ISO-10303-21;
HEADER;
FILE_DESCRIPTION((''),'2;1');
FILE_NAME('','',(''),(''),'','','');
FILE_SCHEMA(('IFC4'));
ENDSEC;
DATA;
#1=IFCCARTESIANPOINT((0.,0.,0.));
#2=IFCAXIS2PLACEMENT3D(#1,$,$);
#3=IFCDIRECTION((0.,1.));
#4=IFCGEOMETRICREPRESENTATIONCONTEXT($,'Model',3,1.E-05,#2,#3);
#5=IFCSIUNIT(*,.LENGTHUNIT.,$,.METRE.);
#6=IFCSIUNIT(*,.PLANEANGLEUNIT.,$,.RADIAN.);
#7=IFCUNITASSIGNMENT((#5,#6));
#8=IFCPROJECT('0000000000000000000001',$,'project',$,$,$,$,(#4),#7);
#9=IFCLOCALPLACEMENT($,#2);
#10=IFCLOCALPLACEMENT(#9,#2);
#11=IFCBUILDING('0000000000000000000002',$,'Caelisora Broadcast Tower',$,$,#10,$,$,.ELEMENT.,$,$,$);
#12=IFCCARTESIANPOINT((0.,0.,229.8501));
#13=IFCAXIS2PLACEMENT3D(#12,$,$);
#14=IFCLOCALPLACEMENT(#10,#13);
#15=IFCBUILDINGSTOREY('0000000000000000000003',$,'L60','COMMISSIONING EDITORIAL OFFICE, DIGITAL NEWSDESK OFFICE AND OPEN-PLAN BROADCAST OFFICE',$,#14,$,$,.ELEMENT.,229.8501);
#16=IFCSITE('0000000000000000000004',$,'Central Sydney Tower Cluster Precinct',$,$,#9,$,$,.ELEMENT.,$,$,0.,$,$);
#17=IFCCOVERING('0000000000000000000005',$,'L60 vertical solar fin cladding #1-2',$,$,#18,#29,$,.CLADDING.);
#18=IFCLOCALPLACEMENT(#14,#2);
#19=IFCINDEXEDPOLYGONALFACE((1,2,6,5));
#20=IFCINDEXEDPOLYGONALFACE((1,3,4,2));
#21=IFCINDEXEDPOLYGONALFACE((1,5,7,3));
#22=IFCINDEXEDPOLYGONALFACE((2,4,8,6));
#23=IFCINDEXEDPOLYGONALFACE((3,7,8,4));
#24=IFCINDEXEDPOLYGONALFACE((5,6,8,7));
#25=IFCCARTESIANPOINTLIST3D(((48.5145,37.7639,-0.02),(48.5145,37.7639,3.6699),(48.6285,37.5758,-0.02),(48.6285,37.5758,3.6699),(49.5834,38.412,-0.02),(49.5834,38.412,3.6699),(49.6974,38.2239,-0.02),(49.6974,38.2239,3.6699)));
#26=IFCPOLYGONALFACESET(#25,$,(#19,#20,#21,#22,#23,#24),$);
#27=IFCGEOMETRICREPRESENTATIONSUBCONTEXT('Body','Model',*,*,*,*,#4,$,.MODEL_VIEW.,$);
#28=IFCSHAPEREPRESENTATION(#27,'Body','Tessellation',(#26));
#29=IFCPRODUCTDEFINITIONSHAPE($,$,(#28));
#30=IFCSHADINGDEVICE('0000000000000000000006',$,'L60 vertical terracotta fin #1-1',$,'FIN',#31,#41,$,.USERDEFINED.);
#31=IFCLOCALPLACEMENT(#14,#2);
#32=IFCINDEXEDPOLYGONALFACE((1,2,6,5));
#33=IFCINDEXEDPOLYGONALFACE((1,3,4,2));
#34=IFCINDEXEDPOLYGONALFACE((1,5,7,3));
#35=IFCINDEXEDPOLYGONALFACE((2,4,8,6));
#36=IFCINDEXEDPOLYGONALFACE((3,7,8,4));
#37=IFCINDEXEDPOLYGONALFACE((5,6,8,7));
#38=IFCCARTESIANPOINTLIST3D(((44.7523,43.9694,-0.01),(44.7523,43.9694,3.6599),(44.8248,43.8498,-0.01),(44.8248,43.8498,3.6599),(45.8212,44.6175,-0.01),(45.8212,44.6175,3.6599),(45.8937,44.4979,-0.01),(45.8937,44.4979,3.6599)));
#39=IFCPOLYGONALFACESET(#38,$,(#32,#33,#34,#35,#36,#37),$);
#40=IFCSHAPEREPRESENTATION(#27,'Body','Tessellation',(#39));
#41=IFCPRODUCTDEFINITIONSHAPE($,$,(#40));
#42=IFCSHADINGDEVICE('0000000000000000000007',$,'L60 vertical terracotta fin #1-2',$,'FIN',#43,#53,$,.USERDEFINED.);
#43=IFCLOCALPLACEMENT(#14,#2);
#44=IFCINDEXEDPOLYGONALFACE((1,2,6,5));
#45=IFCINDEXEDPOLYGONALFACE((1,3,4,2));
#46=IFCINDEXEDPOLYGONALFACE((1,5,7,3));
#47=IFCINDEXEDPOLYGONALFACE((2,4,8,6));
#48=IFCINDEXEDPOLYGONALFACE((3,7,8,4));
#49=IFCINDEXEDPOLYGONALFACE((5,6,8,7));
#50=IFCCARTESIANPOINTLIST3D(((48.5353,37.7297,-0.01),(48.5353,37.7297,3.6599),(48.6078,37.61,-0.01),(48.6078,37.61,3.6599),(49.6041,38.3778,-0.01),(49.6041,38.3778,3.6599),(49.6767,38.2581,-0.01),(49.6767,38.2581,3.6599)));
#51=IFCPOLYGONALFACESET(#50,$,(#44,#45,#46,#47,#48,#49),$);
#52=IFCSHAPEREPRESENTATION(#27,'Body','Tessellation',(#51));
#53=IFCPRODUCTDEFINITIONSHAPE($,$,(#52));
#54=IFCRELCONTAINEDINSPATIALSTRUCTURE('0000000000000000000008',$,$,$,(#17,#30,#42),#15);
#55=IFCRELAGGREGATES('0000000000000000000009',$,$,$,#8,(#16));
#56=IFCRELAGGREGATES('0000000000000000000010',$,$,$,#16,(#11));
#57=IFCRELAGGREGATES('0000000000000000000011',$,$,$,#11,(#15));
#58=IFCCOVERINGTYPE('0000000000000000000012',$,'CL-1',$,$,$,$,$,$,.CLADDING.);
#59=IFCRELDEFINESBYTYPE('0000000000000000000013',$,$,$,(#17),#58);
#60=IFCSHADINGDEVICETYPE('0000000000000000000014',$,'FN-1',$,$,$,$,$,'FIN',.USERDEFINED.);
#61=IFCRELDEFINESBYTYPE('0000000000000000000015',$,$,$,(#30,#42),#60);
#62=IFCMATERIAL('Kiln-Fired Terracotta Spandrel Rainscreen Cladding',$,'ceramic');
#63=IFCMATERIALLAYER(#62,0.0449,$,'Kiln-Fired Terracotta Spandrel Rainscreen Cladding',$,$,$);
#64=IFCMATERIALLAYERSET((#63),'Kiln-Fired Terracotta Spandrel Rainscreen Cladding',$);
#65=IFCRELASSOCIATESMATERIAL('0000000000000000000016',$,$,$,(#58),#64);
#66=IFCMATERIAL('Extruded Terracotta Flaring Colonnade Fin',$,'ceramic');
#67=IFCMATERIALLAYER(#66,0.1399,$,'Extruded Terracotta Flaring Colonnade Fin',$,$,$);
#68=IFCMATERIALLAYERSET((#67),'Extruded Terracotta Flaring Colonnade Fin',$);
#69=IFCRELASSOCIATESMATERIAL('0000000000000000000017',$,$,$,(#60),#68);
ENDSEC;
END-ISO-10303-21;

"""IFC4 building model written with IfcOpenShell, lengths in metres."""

from ifc_helpers import new_model, si_unit, direction, frame, origin, origin_2d, place, context, subcontext, project, spatial, rectangle, extrude, source, transform, mapped, material, layer, layer_set, type_object, type_shapes, element, save


model = new_model("IFC4")

# Units and contexts
model_context = context("Model", 3, precision=1e-05, world=origin(), true_north=direction((0.0, 1.0)))
body_context = subcontext(model_context, "Body", "Model", "MODEL_VIEW")
ifc_project = project(units=[si_unit("LENGTHUNIT", "METRE"), si_unit("PLANEANGLEUNIT", "RADIAN")], contexts=[model_context])

# Site, building, storey
site_placement = place(None, origin())
site = spatial("IfcSite", under=ifc_project, at=site_placement, Name="Central Sydney Tower Cluster Precinct", CompositionType="ELEMENT", RefElevation=0.0)
building_placement = place(site_placement, origin())
building = spatial("IfcBuilding", under=site, at=building_placement, Name="Caelisora Broadcast Tower", CompositionType="ELEMENT")
storey_placement = place(building_placement, frame((0.0, 0.0, 229.8501)))
storey = spatial("IfcBuildingStorey", under=building, at=storey_placement, Name="L60", Description="COMMISSIONING EDITORIAL OFFICE, DIGITAL NEWSDESK OFFICE AND OPEN-PLAN BROADCAST OFFICE", CompositionType="ELEMENT", Elevation=229.8501)

# Covering
ifc_material_1 = material(Name="Kiln-Fired Terracotta Spandrel Rainscreen Cladding", Category="ceramic")
ifc_layer_1 = layer(ifc_material_1, 0.0449, Name="Kiln-Fired Terracotta Spandrel Rainscreen Cladding")
ifc_layer_set_1 = layer_set([ifc_layer_1], Name="Kiln-Fired Terracotta Spandrel Rainscreen Cladding")
covering_type = type_object("IfcCoveringType", Name="CL-1", PredefinedType="CLADDING", material=ifc_layer_set_1)
shared_shape_1 = source(origin(), body_context, "Body", "SweptSolid", [
    extrude(rectangle(XDim=0.22, YDim=1.25, at=origin_2d()), origin(), (0.0, 0.0, 1.0), 3.6899),
])
type_shapes(covering_type, [shared_shape_1])
for number, where, z_axis, x_axis, name in (
    (1, (49.106, 37.9939, -0.02), (0.0, 0.0, 1.0), (0.518475, -0.855093, 0.0), "L60 vertical solar fin cladding #1-2"),
):
    element("IfcCovering", number, at=place(storey_placement, frame(where, z_axis=z_axis, x_axis=x_axis)), inside=storey, type_object=covering_type, Name=name, PredefinedType="CLADDING", context=body_context, shape_type="MappedRepresentation", body=[
        mapped(shared_shape_1, transform((0.0, 0.0, 0.0), scale=1.0)),
    ])

# Shading devices
ifc_material_2 = material(Name="Extruded Terracotta Flaring Colonnade Fin", Category="ceramic")
ifc_layer_2 = layer(ifc_material_2, 0.1399, Name="Extruded Terracotta Flaring Colonnade Fin")
ifc_layer_set_2 = layer_set([ifc_layer_2], Name="Extruded Terracotta Flaring Colonnade Fin")
shading_device_type = type_object("IfcShadingDeviceType", Name="FN-1", ElementType="FIN", PredefinedType="USERDEFINED", material=ifc_layer_set_2)
shared_shape_2 = source(origin(), body_context, "Body", "SweptSolid", [
    extrude(rectangle(XDim=0.1399, YDim=1.25, at=origin_2d()), origin(), (0.0, 0.0, 1.0), 3.6699),
])
type_shapes(shading_device_type, [shared_shape_2])
for number, where, z_axis, x_axis, name in (
    (2, (45.323, 44.2336, -0.01), (0.0, 0.0, 1.0), (0.518475, -0.855093, 0.0), "L60 vertical terracotta fin #1-1"),
    (3, (49.106, 37.9939, -0.01), (0.0, 0.0, 1.0), (0.518475, -0.855093, 0.0), "L60 vertical terracotta fin #1-2"),
):
    element("IfcShadingDevice", number, at=place(storey_placement, frame(where, z_axis=z_axis, x_axis=x_axis)), inside=storey, type_object=shading_device_type, Name=name, ObjectType="FIN", PredefinedType="USERDEFINED", context=body_context, shape_type="MappedRepresentation", body=[
        mapped(shared_shape_2, transform((0.0, 0.0, 0.0), scale=1.0)),
    ])

save(model, "model.ifc")
